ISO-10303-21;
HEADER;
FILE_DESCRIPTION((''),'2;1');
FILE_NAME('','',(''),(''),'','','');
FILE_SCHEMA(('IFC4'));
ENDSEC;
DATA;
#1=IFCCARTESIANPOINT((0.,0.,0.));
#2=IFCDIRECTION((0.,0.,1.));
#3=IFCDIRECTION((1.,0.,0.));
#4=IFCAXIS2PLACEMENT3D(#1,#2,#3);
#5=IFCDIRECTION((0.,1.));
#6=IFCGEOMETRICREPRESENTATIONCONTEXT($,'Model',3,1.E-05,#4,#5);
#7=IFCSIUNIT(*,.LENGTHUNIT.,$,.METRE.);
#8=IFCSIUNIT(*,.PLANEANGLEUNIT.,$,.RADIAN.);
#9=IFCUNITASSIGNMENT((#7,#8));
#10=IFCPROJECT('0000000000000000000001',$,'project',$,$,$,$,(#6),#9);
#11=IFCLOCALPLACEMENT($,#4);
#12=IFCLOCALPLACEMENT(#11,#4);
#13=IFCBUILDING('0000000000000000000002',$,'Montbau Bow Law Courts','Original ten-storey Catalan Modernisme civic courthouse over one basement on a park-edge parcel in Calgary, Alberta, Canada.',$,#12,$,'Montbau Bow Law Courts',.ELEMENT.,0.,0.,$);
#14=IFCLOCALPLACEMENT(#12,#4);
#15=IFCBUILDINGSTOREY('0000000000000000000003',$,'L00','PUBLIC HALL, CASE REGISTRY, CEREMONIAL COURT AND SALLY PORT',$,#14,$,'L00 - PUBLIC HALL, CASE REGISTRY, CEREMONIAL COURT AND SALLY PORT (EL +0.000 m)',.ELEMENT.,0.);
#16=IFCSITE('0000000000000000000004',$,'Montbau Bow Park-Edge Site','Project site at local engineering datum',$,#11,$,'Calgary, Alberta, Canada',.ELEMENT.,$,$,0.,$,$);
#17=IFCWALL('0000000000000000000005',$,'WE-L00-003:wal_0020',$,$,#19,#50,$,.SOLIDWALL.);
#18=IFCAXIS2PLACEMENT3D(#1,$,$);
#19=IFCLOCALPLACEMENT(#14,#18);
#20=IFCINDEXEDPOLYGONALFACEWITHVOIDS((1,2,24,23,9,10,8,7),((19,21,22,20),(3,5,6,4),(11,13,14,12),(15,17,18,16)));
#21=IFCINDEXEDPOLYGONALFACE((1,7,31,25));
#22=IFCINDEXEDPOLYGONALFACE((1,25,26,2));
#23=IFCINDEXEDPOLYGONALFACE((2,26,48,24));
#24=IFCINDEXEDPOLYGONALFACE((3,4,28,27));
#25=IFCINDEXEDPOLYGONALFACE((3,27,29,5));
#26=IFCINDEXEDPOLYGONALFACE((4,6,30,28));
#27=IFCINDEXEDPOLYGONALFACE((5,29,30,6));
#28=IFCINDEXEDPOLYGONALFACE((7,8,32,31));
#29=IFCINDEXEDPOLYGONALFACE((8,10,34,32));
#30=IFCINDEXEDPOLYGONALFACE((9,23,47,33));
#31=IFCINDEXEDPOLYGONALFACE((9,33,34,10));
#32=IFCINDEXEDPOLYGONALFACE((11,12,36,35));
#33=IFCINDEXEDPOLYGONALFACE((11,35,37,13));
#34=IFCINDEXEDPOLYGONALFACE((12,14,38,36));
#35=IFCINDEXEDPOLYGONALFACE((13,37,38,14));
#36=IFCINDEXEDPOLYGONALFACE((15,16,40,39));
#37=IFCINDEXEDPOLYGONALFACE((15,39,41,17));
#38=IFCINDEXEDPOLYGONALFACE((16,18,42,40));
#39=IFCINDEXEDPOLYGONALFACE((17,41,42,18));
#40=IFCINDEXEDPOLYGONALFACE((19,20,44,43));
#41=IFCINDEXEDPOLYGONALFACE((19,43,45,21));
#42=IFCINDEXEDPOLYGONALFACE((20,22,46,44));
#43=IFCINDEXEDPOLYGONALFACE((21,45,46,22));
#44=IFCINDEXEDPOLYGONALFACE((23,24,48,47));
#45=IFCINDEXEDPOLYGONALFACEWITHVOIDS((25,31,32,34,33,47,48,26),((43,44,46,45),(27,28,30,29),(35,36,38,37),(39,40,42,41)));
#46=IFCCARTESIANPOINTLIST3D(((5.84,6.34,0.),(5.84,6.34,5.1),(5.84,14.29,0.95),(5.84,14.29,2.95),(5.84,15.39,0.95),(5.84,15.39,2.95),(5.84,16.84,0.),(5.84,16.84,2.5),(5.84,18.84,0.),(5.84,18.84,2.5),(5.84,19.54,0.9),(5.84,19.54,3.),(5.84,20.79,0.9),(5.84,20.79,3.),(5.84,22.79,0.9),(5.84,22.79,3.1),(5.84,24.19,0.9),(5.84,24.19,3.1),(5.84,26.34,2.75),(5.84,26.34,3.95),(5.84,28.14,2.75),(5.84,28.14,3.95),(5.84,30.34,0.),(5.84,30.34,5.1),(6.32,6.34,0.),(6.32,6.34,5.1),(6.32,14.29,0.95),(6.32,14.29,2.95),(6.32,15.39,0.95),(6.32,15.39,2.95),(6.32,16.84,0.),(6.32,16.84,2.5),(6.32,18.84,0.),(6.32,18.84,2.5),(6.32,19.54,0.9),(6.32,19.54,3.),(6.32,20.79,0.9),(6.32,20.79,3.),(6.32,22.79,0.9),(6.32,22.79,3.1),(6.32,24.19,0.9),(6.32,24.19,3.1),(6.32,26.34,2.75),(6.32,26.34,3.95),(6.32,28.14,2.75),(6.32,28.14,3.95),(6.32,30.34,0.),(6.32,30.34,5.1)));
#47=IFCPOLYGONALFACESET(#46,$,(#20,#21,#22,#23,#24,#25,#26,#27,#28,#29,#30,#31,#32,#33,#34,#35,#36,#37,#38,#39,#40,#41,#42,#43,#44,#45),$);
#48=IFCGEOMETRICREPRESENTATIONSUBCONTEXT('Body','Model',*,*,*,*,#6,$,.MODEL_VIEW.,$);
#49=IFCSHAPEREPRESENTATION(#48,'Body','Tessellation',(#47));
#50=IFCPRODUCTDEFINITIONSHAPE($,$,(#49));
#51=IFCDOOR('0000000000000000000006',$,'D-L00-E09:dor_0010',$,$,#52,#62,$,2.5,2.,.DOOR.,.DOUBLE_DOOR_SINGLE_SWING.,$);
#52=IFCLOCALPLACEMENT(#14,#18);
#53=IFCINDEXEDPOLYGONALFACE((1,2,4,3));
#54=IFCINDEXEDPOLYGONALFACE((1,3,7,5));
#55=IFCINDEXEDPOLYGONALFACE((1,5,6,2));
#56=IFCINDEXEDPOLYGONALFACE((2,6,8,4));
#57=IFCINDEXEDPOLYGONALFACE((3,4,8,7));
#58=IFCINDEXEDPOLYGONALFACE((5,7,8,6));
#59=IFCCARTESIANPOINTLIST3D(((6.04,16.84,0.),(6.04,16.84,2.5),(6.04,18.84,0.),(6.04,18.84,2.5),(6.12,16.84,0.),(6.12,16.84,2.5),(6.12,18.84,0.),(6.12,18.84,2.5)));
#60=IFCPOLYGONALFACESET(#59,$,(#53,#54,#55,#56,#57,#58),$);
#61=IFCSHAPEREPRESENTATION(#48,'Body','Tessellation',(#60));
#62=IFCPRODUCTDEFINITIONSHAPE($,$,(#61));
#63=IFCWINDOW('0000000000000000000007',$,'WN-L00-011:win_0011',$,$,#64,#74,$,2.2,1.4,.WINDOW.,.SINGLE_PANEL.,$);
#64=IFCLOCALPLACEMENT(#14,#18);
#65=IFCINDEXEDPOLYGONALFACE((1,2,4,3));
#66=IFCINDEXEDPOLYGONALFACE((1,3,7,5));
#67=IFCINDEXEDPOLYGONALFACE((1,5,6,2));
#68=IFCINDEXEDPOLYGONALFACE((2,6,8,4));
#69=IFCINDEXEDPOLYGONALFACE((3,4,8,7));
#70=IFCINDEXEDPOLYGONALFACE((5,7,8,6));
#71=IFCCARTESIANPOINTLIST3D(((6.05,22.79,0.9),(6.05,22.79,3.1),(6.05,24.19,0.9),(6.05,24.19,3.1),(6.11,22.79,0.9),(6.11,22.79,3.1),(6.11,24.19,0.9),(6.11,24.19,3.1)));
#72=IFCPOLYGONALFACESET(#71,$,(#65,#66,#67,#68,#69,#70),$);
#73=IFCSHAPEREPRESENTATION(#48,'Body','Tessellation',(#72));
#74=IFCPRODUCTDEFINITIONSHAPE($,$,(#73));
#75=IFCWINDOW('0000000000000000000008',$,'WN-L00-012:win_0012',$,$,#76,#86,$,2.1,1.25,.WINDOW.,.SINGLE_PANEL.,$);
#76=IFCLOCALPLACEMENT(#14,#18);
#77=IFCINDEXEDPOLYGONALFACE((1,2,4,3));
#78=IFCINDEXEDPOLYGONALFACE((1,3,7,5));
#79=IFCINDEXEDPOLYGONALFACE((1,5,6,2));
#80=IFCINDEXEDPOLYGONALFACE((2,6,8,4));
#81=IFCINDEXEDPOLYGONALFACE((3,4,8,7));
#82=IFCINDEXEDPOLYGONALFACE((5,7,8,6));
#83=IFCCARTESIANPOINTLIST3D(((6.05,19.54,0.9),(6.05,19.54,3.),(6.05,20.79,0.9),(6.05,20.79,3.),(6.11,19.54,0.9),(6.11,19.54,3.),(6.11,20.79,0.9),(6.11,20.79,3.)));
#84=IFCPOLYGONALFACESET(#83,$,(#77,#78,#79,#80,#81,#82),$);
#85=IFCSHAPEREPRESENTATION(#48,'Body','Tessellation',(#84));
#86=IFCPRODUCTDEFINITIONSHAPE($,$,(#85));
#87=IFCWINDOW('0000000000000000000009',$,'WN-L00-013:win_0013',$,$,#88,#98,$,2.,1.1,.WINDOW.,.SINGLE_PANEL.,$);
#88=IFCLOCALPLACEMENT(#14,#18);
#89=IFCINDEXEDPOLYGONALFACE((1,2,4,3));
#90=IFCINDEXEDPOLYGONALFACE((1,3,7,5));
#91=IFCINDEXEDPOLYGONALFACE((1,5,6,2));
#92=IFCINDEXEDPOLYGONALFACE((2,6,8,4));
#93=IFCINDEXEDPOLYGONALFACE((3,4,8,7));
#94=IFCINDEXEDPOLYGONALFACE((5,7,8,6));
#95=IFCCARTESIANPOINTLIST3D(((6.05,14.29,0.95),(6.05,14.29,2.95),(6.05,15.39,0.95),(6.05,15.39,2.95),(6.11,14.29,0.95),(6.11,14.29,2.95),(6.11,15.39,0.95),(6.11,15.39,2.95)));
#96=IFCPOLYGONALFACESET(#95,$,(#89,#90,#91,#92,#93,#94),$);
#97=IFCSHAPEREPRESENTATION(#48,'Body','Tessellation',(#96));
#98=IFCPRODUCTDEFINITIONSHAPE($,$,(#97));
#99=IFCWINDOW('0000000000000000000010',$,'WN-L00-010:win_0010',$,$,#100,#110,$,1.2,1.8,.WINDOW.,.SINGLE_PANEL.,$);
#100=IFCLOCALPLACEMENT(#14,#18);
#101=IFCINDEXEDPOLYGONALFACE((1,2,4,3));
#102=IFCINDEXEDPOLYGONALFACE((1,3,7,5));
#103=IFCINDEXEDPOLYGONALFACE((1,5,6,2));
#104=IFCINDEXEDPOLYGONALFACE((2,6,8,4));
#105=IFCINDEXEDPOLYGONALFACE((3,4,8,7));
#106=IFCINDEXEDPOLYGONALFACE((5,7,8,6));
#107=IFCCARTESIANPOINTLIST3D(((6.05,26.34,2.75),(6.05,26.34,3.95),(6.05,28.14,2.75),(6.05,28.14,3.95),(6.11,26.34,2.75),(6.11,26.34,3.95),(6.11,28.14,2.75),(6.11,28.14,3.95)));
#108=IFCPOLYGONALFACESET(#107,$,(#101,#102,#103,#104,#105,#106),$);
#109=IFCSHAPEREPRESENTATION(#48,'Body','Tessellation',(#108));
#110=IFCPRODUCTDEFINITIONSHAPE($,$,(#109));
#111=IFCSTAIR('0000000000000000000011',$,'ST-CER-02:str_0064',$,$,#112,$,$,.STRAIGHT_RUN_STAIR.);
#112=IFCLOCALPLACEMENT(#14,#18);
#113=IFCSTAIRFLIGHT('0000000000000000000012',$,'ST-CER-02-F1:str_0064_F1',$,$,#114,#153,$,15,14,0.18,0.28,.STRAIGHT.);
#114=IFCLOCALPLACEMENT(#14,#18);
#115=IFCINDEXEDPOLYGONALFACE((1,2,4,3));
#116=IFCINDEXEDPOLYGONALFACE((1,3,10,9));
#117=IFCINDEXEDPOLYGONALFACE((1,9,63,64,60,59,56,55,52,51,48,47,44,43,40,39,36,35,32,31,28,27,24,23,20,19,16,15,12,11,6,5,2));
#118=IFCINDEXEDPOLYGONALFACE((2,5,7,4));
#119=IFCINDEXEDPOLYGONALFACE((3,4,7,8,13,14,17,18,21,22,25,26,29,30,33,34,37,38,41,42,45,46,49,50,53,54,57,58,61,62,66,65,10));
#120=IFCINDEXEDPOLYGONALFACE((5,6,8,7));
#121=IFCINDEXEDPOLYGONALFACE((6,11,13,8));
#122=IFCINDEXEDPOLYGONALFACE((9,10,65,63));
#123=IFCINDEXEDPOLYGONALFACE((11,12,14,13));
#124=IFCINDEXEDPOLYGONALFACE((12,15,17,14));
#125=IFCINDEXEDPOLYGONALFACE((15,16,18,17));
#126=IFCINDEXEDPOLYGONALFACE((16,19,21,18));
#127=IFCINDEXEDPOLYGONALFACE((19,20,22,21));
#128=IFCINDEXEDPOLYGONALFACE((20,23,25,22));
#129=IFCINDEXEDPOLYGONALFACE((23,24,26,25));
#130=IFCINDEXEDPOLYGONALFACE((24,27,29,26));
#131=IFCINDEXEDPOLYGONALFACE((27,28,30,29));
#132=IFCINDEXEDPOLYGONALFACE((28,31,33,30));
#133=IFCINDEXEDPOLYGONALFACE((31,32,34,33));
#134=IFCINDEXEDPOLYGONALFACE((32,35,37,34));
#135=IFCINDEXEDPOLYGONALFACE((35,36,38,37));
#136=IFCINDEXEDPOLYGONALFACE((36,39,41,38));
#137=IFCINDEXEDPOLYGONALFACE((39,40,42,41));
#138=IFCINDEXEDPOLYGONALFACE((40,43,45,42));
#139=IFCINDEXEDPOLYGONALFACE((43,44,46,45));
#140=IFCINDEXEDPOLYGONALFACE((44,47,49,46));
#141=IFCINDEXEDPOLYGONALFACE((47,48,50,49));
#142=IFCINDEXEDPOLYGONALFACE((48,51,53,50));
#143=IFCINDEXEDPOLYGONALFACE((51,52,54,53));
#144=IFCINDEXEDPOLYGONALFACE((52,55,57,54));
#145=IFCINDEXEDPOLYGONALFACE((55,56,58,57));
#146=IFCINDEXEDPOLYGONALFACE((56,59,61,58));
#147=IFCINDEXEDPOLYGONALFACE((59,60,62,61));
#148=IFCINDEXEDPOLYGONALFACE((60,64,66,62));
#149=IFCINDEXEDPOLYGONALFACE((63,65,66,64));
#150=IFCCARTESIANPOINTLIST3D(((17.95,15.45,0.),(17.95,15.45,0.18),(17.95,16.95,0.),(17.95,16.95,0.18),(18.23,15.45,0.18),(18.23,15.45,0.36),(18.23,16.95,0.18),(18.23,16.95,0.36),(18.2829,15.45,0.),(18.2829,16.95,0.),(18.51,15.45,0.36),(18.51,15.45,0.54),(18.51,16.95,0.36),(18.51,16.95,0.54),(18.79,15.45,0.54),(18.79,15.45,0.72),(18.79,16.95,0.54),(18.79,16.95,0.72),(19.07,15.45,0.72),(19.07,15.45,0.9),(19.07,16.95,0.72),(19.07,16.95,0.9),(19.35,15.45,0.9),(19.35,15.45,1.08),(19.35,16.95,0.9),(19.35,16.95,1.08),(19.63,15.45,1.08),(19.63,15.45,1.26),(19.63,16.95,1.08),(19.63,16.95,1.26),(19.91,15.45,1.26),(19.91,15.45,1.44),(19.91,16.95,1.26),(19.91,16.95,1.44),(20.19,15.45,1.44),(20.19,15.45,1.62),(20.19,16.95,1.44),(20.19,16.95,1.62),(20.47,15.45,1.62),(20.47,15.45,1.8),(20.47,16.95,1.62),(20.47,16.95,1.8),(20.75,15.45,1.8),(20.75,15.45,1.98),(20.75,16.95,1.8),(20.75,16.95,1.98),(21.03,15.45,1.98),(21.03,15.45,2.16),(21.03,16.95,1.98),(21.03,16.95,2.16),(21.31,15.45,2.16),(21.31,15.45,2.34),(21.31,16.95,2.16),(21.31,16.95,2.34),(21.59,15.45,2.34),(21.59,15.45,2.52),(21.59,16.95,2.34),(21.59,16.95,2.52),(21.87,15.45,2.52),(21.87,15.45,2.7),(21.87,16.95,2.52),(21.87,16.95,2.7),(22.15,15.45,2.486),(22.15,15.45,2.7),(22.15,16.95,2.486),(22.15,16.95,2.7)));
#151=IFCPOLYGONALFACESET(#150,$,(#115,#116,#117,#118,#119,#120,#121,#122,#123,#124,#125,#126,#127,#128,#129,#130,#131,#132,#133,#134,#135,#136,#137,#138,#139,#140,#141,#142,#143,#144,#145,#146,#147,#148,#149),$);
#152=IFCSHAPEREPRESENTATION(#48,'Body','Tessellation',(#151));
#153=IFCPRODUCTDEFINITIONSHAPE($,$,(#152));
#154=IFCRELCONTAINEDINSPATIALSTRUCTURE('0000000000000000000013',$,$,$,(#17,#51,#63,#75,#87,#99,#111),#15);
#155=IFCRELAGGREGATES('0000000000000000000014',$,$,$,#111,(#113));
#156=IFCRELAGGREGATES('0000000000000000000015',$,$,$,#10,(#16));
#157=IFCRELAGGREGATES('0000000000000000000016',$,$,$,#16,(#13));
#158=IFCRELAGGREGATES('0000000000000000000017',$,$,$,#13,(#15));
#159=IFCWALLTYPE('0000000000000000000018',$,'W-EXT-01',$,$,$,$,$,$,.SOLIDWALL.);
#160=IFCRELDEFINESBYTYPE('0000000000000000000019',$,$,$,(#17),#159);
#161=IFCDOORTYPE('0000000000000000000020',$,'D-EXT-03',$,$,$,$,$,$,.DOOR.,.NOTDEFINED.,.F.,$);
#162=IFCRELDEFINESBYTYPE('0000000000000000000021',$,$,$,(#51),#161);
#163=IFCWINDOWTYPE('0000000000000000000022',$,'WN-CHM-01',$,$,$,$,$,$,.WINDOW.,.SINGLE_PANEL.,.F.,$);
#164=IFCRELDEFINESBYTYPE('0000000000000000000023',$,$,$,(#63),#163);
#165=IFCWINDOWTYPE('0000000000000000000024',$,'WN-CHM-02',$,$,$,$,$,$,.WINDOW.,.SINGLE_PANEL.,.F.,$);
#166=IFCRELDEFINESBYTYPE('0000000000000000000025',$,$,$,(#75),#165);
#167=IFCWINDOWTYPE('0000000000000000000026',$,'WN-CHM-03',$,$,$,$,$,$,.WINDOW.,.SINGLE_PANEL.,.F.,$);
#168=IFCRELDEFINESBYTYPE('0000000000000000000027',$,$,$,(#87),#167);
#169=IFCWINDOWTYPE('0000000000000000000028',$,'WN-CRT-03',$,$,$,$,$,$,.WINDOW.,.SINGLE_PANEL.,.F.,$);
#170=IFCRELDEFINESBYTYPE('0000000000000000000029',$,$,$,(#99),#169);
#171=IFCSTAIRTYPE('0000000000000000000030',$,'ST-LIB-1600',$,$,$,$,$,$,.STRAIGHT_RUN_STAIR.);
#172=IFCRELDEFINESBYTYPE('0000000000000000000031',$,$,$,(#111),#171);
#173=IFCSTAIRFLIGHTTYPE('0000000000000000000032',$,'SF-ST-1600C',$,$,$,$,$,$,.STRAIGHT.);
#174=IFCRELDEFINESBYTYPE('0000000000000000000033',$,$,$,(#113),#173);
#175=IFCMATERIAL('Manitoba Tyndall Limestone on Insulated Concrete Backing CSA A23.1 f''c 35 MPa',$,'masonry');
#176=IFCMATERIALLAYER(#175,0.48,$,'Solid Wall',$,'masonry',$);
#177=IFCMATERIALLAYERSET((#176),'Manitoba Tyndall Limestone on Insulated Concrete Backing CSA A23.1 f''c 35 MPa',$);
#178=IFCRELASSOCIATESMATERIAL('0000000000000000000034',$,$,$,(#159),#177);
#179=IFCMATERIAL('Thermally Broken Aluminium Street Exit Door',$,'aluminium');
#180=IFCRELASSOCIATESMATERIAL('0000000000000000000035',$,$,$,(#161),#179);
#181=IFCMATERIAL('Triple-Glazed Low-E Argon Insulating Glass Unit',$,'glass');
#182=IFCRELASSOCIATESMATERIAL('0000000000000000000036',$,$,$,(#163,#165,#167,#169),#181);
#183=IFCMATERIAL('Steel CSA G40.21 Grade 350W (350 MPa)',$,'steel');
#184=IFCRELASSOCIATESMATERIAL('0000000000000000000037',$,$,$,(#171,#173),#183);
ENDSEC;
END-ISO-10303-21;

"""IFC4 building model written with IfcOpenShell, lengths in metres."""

from ifc_helpers import new_model, si_unit, direction, frame, frame_2d, origin_with_axes, place, context, subcontext, project, spatial, polyline, rectangle, outline, extrude, material, layer, layer_set, type_object, element, fill, aggregate, save


model = new_model("IFC4")

# Units and contexts
model_context = context("Model", 3, precision=1e-05, world=origin_with_axes(), true_north=direction((0.0, 1.0)))
body_context = subcontext(model_context, "Body", "Model", "MODEL_VIEW")
ifc_project = project(units=[si_unit("LENGTHUNIT", "METRE"), si_unit("PLANEANGLEUNIT", "RADIAN")], contexts=[model_context])

# Site, building, storey
site_placement = place(None, origin_with_axes())
site = spatial("IfcSite", under=ifc_project, at=site_placement, Name="Montbau Bow Park-Edge Site", Description="Project site at local engineering datum", LongName="Calgary, Alberta, Canada", CompositionType="ELEMENT", RefElevation=0.0)
building_placement = place(site_placement, origin_with_axes())
building = spatial("IfcBuilding", under=site, at=building_placement, Name="Montbau Bow Law Courts", Description="Original ten-storey Catalan Modernisme civic courthouse over one basement on a park-edge parcel in Calgary, Alberta, Canada.", LongName="Montbau Bow Law Courts", CompositionType="ELEMENT", ElevationOfRefHeight=0.0, ElevationOfTerrain=0.0)
storey_placement = place(building_placement, origin_with_axes())
storey = spatial("IfcBuildingStorey", under=building, at=storey_placement, Name="L00", Description="PUBLIC HALL, CASE REGISTRY, CEREMONIAL COURT AND SALLY PORT", LongName="L00 - PUBLIC HALL, CASE REGISTRY, CEREMONIAL COURT AND SALLY PORT (EL +0.000 m)", CompositionType="ELEMENT", Elevation=0.0)

# Shared definitions
ifc_material_1 = material(Name="Steel CSA G40.21 Grade 350W (350 MPa)", Category="steel")

# Wall, openings, door, windows
ifc_material_2 = material(Name="Manitoba Tyndall Limestone on Insulated Concrete Backing CSA A23.1 f'c 35 MPa", Category="masonry")
ifc_layer_1 = layer(ifc_material_2, 0.48, Name="Solid Wall", Category="masonry")
ifc_layer_set_1 = layer_set([ifc_layer_1], Name="Manitoba Tyndall Limestone on Insulated Concrete Backing CSA A23.1 f'c 35 MPa")
wall_type = type_object("IfcWallType", Name="W-EXT-01", PredefinedType="SOLIDWALL", material=ifc_layer_set_1)
wall_placement = place(None, frame((6.08, 30.34, 0.0), z_axis=(0.0, 0.0, 1.0), x_axis=(0.0, -1.0, 0.0)))
wall = element("IfcWall", 1, at=wall_placement, inside=storey, type_object=wall_type, Name="WE-L00-003:wal_0020", PredefinedType="SOLIDWALL", context=body_context, shape_type="SweptSolid", body=[
    extrude(rectangle(XDim=24.0, YDim=0.48, at=frame_2d((12.0, 0.0), x_axis=(1.0, 0.0))), origin_with_axes(), (0.0, 0.0, 1.0), 5.1),
])
opening_1_placement = place(None, frame((6.08, 17.84, 0.0), z_axis=(0.0, 0.0, 1.0), x_axis=(0.0, -1.0, 0.0)))
opening_1 = element("IfcOpeningElement", 2, at=opening_1_placement, cuts=wall, PredefinedType="OPENING", context=body_context, shape_type="SweptSolid", body=[
    extrude(rectangle(XDim=2.0, YDim=2.5, at=frame_2d((0.0, 1.25), x_axis=(1.0, 0.0))), frame((0.0, 0.25, 0.0), z_axis=(0.0, -1.0, 0.0), x_axis=(1.0, 0.0, 0.0)), (0.0, 0.0, 1.0), 0.5),
])
opening_2_placement = place(None, frame((6.08, 27.24, 2.75), z_axis=(0.0, 0.0, 1.0), x_axis=(0.0, -1.0, 0.0)))
opening_2 = element("IfcOpeningElement", 3, at=opening_2_placement, cuts=wall, PredefinedType="OPENING", context=body_context, shape_type="SweptSolid", body=[
    extrude(rectangle(XDim=1.8, YDim=1.2, at=frame_2d((0.0, 0.6), x_axis=(1.0, 0.0))), frame((0.0, 0.25, 0.0), z_axis=(0.0, -1.0, 0.0), x_axis=(1.0, 0.0, 0.0)), (0.0, 0.0, 1.0), 0.5),
])
opening_3_placement = place(None, frame((6.08, 23.49, 0.9), z_axis=(0.0, 0.0, 1.0), x_axis=(0.0, -1.0, 0.0)))
opening_3 = element("IfcOpeningElement", 4, at=opening_3_placement, cuts=wall, PredefinedType="OPENING", context=body_context, shape_type="SweptSolid", body=[
    extrude(rectangle(XDim=1.4, YDim=2.2, at=frame_2d((0.0, 1.1), x_axis=(1.0, 0.0))), frame((0.0, 0.25, 0.0), z_axis=(0.0, -1.0, 0.0), x_axis=(1.0, 0.0, 0.0)), (0.0, 0.0, 1.0), 0.5),
])
opening_4_placement = place(None, frame((6.08, 20.165, 0.9), z_axis=(0.0, 0.0, 1.0), x_axis=(0.0, -1.0, 0.0)))
opening_4 = element("IfcOpeningElement", 5, at=opening_4_placement, cuts=wall, PredefinedType="OPENING", context=body_context, shape_type="SweptSolid", body=[
    extrude(rectangle(XDim=1.25, YDim=2.1, at=frame_2d((0.0, 1.05), x_axis=(1.0, 0.0))), frame((0.0, 0.25, 0.0), z_axis=(0.0, -1.0, 0.0), x_axis=(1.0, 0.0, 0.0)), (0.0, 0.0, 1.0), 0.5),
])
opening_5_placement = place(None, frame((6.08, 14.84, 0.95), z_axis=(0.0, 0.0, 1.0), x_axis=(0.0, -1.0, 0.0)))
opening_5 = element("IfcOpeningElement", 6, at=opening_5_placement, cuts=wall, PredefinedType="OPENING", context=body_context, shape_type="SweptSolid", body=[
    extrude(rectangle(XDim=1.1, YDim=2.0, at=frame_2d((0.0, 1.0), x_axis=(1.0, 0.0))), frame((0.0, 0.25, 0.0), z_axis=(0.0, -1.0, 0.0), x_axis=(1.0, 0.0, 0.0)), (0.0, 0.0, 1.0), 0.5),
])
ifc_material_3 = material(Name="Thermally Broken Aluminium Street Exit Door", Category="aluminium")
door_type = type_object("IfcDoorType", Name="D-EXT-03", OperationType="NOTDEFINED", ParameterTakesPrecedence=False, PredefinedType="DOOR", material=ifc_material_3)
door_placement = place(None, frame((6.08, 17.84, 0.0), z_axis=(0.0, 0.0, 1.0), x_axis=(0.0, 1.0, 0.0)))
door = element("IfcDoor", 7, at=door_placement, inside=storey, type_object=door_type, Name="D-L00-E09:dor_0010", OperationType="DOUBLE_DOOR_SINGLE_SWING", OverallHeight=2.5, OverallWidth=2.0, PredefinedType="DOOR", context=body_context, shape_type="SweptSolid", body=[
    extrude(rectangle(XDim=2.0, YDim=2.5, at=frame_2d((0.0, 1.25), x_axis=(1.0, 0.0))), frame((0.0, 0.04, 0.0), z_axis=(0.0, -1.0, 0.0), x_axis=(1.0, 0.0, 0.0)), (0.0, 0.0, 1.0), 0.08),
])
fill(opening_1, door)
ifc_material_4 = material(Name="Triple-Glazed Low-E Argon Insulating Glass Unit", Category="glass")
window_type_1 = type_object("IfcWindowType", Name="WN-CHM-01", ParameterTakesPrecedence=False, PartitioningType="SINGLE_PANEL", PredefinedType="WINDOW", material=ifc_material_4)
window_1_placement = place(None, frame((6.08, 23.49, 0.9), z_axis=(0.0, 0.0, 1.0), x_axis=(0.0, -1.0, 0.0)))
window_1 = element("IfcWindow", 8, at=window_1_placement, inside=storey, type_object=window_type_1, Name="WN-L00-011:win_0011", OverallHeight=2.2, OverallWidth=1.4, PartitioningType="SINGLE_PANEL", PredefinedType="WINDOW", context=body_context, shape_type="SweptSolid", body=[
    extrude(rectangle(XDim=1.4, YDim=2.2, at=frame_2d((0.0, 1.1), x_axis=(1.0, 0.0))), frame((0.0, 0.03, 0.0), z_axis=(0.0, -1.0, 0.0), x_axis=(1.0, 0.0, 0.0)), (0.0, 0.0, 1.0), 0.06),
])
fill(opening_3, window_1)
window_type_2 = type_object("IfcWindowType", Name="WN-CHM-02", ParameterTakesPrecedence=False, PartitioningType="SINGLE_PANEL", PredefinedType="WINDOW", material=ifc_material_4)
window_2_placement = place(None, frame((6.08, 20.165, 0.9), z_axis=(0.0, 0.0, 1.0), x_axis=(0.0, -1.0, 0.0)))
window_2 = element("IfcWindow", 9, at=window_2_placement, inside=storey, type_object=window_type_2, Name="WN-L00-012:win_0012", OverallHeight=2.1, OverallWidth=1.25, PartitioningType="SINGLE_PANEL", PredefinedType="WINDOW", context=body_context, shape_type="SweptSolid", body=[
    extrude(rectangle(XDim=1.25, YDim=2.1, at=frame_2d((0.0, 1.05), x_axis=(1.0, 0.0))), frame((0.0, 0.03, 0.0), z_axis=(0.0, -1.0, 0.0), x_axis=(1.0, 0.0, 0.0)), (0.0, 0.0, 1.0), 0.06),
])
fill(opening_4, window_2)
window_type_3 = type_object("IfcWindowType", Name="WN-CHM-03", ParameterTakesPrecedence=False, PartitioningType="SINGLE_PANEL", PredefinedType="WINDOW", material=ifc_material_4)
window_3_placement = place(None, frame((6.08, 14.84, 0.95), z_axis=(0.0, 0.0, 1.0), x_axis=(0.0, -1.0, 0.0)))
window_3 = element("IfcWindow", 10, at=window_3_placement, inside=storey, type_object=window_type_3, Name="WN-L00-013:win_0013", OverallHeight=2.0, OverallWidth=1.1, PartitioningType="SINGLE_PANEL", PredefinedType="WINDOW", context=body_context, shape_type="SweptSolid", body=[
    extrude(rectangle(XDim=1.1, YDim=2.0, at=frame_2d((0.0, 1.0), x_axis=(1.0, 0.0))), frame((0.0, 0.03, 0.0), z_axis=(0.0, -1.0, 0.0), x_axis=(1.0, 0.0, 0.0)), (0.0, 0.0, 1.0), 0.06),
])
fill(opening_5, window_3)
window_type_4 = type_object("IfcWindowType", Name="WN-CRT-03", ParameterTakesPrecedence=False, PartitioningType="SINGLE_PANEL", PredefinedType="WINDOW", material=ifc_material_4)
window_4_placement = place(None, frame((6.08, 27.24, 2.75), z_axis=(0.0, 0.0, 1.0), x_axis=(0.0, -1.0, 0.0)))
window_4 = element("IfcWindow", 11, at=window_4_placement, inside=storey, type_object=window_type_4, Name="WN-L00-010:win_0010", OverallHeight=1.2, OverallWidth=1.8, PartitioningType="SINGLE_PANEL", PredefinedType="WINDOW", context=body_context, shape_type="SweptSolid", body=[
    extrude(rectangle(XDim=1.8, YDim=1.2, at=frame_2d((0.0, 0.6), x_axis=(1.0, 0.0))), frame((0.0, 0.03, 0.0), z_axis=(0.0, -1.0, 0.0), x_axis=(1.0, 0.0, 0.0)), (0.0, 0.0, 1.0), 0.06),
])
fill(opening_2, window_4)

# Stair, stair flight
stair_type = type_object("IfcStairType", Name="ST-LIB-1600", PredefinedType="STRAIGHT_RUN_STAIR", material=ifc_material_1)
stair_placement = place(None, frame((17.95, 16.2, 0.0), z_axis=(0.0, 0.0, 1.0), x_axis=(1.0, 0.0, 0.0)))
stair = element("IfcStair", 12, at=stair_placement, inside=storey, type_object=stair_type, Name="ST-CER-02:str_0064", PredefinedType="STRAIGHT_RUN_STAIR")
stair_flight_type = type_object("IfcStairFlightType", Name="SF-ST-1600C", PredefinedType="STRAIGHT", material=ifc_material_1)
stair_flight_placement = place(None, frame((17.95, 16.2, 0.0), z_axis=(0.0, 0.0, 1.0), x_axis=(1.0, 0.0, 0.0)))
stair_flight = element("IfcStairFlight", 13, at=stair_flight_placement, type_object=stair_flight_type, Name="ST-CER-02-F1:str_0064_F1", NumberOfRisers=15, NumberOfTreads=14, PredefinedType="STRAIGHT", RiserHeight=0.18, TreadLength=0.28, context=body_context, shape_type="SweptSolid", body=[
    extrude(outline(polyline([(0.0, 0.0), (0.0, 0.18), (0.28, 0.18), (0.28, 0.36), (0.56, 0.36), (0.56, 0.54), (0.84, 0.54), (0.84, 0.72), (1.12, 0.72), (1.12, 0.9), (1.4, 0.9), (1.4, 1.08), (1.68, 1.08), (1.68, 1.26), (1.96, 1.26), (1.96, 1.44), (2.24, 1.44), (2.24, 1.62), (2.52, 1.62), (2.52, 1.8), (2.8, 1.8), (2.8, 1.98), (3.08, 1.98), (3.08, 2.16), (3.36, 2.16), (3.36, 2.34), (3.64, 2.34), (3.64, 2.52), (3.92, 2.52), (3.92, 2.7), (4.2, 2.7), (4.2, 2.486), (0.3329, 0.0), (0.0, 0.0)])), frame((0.0, 0.75, 0.0), z_axis=(0.0, -1.0, 0.0), x_axis=(1.0, 0.0, 0.0)), (0.0, 0.0, 1.0), 1.5),
])
aggregate(stair, [stair_flight])

save(model, "model.ifc")
